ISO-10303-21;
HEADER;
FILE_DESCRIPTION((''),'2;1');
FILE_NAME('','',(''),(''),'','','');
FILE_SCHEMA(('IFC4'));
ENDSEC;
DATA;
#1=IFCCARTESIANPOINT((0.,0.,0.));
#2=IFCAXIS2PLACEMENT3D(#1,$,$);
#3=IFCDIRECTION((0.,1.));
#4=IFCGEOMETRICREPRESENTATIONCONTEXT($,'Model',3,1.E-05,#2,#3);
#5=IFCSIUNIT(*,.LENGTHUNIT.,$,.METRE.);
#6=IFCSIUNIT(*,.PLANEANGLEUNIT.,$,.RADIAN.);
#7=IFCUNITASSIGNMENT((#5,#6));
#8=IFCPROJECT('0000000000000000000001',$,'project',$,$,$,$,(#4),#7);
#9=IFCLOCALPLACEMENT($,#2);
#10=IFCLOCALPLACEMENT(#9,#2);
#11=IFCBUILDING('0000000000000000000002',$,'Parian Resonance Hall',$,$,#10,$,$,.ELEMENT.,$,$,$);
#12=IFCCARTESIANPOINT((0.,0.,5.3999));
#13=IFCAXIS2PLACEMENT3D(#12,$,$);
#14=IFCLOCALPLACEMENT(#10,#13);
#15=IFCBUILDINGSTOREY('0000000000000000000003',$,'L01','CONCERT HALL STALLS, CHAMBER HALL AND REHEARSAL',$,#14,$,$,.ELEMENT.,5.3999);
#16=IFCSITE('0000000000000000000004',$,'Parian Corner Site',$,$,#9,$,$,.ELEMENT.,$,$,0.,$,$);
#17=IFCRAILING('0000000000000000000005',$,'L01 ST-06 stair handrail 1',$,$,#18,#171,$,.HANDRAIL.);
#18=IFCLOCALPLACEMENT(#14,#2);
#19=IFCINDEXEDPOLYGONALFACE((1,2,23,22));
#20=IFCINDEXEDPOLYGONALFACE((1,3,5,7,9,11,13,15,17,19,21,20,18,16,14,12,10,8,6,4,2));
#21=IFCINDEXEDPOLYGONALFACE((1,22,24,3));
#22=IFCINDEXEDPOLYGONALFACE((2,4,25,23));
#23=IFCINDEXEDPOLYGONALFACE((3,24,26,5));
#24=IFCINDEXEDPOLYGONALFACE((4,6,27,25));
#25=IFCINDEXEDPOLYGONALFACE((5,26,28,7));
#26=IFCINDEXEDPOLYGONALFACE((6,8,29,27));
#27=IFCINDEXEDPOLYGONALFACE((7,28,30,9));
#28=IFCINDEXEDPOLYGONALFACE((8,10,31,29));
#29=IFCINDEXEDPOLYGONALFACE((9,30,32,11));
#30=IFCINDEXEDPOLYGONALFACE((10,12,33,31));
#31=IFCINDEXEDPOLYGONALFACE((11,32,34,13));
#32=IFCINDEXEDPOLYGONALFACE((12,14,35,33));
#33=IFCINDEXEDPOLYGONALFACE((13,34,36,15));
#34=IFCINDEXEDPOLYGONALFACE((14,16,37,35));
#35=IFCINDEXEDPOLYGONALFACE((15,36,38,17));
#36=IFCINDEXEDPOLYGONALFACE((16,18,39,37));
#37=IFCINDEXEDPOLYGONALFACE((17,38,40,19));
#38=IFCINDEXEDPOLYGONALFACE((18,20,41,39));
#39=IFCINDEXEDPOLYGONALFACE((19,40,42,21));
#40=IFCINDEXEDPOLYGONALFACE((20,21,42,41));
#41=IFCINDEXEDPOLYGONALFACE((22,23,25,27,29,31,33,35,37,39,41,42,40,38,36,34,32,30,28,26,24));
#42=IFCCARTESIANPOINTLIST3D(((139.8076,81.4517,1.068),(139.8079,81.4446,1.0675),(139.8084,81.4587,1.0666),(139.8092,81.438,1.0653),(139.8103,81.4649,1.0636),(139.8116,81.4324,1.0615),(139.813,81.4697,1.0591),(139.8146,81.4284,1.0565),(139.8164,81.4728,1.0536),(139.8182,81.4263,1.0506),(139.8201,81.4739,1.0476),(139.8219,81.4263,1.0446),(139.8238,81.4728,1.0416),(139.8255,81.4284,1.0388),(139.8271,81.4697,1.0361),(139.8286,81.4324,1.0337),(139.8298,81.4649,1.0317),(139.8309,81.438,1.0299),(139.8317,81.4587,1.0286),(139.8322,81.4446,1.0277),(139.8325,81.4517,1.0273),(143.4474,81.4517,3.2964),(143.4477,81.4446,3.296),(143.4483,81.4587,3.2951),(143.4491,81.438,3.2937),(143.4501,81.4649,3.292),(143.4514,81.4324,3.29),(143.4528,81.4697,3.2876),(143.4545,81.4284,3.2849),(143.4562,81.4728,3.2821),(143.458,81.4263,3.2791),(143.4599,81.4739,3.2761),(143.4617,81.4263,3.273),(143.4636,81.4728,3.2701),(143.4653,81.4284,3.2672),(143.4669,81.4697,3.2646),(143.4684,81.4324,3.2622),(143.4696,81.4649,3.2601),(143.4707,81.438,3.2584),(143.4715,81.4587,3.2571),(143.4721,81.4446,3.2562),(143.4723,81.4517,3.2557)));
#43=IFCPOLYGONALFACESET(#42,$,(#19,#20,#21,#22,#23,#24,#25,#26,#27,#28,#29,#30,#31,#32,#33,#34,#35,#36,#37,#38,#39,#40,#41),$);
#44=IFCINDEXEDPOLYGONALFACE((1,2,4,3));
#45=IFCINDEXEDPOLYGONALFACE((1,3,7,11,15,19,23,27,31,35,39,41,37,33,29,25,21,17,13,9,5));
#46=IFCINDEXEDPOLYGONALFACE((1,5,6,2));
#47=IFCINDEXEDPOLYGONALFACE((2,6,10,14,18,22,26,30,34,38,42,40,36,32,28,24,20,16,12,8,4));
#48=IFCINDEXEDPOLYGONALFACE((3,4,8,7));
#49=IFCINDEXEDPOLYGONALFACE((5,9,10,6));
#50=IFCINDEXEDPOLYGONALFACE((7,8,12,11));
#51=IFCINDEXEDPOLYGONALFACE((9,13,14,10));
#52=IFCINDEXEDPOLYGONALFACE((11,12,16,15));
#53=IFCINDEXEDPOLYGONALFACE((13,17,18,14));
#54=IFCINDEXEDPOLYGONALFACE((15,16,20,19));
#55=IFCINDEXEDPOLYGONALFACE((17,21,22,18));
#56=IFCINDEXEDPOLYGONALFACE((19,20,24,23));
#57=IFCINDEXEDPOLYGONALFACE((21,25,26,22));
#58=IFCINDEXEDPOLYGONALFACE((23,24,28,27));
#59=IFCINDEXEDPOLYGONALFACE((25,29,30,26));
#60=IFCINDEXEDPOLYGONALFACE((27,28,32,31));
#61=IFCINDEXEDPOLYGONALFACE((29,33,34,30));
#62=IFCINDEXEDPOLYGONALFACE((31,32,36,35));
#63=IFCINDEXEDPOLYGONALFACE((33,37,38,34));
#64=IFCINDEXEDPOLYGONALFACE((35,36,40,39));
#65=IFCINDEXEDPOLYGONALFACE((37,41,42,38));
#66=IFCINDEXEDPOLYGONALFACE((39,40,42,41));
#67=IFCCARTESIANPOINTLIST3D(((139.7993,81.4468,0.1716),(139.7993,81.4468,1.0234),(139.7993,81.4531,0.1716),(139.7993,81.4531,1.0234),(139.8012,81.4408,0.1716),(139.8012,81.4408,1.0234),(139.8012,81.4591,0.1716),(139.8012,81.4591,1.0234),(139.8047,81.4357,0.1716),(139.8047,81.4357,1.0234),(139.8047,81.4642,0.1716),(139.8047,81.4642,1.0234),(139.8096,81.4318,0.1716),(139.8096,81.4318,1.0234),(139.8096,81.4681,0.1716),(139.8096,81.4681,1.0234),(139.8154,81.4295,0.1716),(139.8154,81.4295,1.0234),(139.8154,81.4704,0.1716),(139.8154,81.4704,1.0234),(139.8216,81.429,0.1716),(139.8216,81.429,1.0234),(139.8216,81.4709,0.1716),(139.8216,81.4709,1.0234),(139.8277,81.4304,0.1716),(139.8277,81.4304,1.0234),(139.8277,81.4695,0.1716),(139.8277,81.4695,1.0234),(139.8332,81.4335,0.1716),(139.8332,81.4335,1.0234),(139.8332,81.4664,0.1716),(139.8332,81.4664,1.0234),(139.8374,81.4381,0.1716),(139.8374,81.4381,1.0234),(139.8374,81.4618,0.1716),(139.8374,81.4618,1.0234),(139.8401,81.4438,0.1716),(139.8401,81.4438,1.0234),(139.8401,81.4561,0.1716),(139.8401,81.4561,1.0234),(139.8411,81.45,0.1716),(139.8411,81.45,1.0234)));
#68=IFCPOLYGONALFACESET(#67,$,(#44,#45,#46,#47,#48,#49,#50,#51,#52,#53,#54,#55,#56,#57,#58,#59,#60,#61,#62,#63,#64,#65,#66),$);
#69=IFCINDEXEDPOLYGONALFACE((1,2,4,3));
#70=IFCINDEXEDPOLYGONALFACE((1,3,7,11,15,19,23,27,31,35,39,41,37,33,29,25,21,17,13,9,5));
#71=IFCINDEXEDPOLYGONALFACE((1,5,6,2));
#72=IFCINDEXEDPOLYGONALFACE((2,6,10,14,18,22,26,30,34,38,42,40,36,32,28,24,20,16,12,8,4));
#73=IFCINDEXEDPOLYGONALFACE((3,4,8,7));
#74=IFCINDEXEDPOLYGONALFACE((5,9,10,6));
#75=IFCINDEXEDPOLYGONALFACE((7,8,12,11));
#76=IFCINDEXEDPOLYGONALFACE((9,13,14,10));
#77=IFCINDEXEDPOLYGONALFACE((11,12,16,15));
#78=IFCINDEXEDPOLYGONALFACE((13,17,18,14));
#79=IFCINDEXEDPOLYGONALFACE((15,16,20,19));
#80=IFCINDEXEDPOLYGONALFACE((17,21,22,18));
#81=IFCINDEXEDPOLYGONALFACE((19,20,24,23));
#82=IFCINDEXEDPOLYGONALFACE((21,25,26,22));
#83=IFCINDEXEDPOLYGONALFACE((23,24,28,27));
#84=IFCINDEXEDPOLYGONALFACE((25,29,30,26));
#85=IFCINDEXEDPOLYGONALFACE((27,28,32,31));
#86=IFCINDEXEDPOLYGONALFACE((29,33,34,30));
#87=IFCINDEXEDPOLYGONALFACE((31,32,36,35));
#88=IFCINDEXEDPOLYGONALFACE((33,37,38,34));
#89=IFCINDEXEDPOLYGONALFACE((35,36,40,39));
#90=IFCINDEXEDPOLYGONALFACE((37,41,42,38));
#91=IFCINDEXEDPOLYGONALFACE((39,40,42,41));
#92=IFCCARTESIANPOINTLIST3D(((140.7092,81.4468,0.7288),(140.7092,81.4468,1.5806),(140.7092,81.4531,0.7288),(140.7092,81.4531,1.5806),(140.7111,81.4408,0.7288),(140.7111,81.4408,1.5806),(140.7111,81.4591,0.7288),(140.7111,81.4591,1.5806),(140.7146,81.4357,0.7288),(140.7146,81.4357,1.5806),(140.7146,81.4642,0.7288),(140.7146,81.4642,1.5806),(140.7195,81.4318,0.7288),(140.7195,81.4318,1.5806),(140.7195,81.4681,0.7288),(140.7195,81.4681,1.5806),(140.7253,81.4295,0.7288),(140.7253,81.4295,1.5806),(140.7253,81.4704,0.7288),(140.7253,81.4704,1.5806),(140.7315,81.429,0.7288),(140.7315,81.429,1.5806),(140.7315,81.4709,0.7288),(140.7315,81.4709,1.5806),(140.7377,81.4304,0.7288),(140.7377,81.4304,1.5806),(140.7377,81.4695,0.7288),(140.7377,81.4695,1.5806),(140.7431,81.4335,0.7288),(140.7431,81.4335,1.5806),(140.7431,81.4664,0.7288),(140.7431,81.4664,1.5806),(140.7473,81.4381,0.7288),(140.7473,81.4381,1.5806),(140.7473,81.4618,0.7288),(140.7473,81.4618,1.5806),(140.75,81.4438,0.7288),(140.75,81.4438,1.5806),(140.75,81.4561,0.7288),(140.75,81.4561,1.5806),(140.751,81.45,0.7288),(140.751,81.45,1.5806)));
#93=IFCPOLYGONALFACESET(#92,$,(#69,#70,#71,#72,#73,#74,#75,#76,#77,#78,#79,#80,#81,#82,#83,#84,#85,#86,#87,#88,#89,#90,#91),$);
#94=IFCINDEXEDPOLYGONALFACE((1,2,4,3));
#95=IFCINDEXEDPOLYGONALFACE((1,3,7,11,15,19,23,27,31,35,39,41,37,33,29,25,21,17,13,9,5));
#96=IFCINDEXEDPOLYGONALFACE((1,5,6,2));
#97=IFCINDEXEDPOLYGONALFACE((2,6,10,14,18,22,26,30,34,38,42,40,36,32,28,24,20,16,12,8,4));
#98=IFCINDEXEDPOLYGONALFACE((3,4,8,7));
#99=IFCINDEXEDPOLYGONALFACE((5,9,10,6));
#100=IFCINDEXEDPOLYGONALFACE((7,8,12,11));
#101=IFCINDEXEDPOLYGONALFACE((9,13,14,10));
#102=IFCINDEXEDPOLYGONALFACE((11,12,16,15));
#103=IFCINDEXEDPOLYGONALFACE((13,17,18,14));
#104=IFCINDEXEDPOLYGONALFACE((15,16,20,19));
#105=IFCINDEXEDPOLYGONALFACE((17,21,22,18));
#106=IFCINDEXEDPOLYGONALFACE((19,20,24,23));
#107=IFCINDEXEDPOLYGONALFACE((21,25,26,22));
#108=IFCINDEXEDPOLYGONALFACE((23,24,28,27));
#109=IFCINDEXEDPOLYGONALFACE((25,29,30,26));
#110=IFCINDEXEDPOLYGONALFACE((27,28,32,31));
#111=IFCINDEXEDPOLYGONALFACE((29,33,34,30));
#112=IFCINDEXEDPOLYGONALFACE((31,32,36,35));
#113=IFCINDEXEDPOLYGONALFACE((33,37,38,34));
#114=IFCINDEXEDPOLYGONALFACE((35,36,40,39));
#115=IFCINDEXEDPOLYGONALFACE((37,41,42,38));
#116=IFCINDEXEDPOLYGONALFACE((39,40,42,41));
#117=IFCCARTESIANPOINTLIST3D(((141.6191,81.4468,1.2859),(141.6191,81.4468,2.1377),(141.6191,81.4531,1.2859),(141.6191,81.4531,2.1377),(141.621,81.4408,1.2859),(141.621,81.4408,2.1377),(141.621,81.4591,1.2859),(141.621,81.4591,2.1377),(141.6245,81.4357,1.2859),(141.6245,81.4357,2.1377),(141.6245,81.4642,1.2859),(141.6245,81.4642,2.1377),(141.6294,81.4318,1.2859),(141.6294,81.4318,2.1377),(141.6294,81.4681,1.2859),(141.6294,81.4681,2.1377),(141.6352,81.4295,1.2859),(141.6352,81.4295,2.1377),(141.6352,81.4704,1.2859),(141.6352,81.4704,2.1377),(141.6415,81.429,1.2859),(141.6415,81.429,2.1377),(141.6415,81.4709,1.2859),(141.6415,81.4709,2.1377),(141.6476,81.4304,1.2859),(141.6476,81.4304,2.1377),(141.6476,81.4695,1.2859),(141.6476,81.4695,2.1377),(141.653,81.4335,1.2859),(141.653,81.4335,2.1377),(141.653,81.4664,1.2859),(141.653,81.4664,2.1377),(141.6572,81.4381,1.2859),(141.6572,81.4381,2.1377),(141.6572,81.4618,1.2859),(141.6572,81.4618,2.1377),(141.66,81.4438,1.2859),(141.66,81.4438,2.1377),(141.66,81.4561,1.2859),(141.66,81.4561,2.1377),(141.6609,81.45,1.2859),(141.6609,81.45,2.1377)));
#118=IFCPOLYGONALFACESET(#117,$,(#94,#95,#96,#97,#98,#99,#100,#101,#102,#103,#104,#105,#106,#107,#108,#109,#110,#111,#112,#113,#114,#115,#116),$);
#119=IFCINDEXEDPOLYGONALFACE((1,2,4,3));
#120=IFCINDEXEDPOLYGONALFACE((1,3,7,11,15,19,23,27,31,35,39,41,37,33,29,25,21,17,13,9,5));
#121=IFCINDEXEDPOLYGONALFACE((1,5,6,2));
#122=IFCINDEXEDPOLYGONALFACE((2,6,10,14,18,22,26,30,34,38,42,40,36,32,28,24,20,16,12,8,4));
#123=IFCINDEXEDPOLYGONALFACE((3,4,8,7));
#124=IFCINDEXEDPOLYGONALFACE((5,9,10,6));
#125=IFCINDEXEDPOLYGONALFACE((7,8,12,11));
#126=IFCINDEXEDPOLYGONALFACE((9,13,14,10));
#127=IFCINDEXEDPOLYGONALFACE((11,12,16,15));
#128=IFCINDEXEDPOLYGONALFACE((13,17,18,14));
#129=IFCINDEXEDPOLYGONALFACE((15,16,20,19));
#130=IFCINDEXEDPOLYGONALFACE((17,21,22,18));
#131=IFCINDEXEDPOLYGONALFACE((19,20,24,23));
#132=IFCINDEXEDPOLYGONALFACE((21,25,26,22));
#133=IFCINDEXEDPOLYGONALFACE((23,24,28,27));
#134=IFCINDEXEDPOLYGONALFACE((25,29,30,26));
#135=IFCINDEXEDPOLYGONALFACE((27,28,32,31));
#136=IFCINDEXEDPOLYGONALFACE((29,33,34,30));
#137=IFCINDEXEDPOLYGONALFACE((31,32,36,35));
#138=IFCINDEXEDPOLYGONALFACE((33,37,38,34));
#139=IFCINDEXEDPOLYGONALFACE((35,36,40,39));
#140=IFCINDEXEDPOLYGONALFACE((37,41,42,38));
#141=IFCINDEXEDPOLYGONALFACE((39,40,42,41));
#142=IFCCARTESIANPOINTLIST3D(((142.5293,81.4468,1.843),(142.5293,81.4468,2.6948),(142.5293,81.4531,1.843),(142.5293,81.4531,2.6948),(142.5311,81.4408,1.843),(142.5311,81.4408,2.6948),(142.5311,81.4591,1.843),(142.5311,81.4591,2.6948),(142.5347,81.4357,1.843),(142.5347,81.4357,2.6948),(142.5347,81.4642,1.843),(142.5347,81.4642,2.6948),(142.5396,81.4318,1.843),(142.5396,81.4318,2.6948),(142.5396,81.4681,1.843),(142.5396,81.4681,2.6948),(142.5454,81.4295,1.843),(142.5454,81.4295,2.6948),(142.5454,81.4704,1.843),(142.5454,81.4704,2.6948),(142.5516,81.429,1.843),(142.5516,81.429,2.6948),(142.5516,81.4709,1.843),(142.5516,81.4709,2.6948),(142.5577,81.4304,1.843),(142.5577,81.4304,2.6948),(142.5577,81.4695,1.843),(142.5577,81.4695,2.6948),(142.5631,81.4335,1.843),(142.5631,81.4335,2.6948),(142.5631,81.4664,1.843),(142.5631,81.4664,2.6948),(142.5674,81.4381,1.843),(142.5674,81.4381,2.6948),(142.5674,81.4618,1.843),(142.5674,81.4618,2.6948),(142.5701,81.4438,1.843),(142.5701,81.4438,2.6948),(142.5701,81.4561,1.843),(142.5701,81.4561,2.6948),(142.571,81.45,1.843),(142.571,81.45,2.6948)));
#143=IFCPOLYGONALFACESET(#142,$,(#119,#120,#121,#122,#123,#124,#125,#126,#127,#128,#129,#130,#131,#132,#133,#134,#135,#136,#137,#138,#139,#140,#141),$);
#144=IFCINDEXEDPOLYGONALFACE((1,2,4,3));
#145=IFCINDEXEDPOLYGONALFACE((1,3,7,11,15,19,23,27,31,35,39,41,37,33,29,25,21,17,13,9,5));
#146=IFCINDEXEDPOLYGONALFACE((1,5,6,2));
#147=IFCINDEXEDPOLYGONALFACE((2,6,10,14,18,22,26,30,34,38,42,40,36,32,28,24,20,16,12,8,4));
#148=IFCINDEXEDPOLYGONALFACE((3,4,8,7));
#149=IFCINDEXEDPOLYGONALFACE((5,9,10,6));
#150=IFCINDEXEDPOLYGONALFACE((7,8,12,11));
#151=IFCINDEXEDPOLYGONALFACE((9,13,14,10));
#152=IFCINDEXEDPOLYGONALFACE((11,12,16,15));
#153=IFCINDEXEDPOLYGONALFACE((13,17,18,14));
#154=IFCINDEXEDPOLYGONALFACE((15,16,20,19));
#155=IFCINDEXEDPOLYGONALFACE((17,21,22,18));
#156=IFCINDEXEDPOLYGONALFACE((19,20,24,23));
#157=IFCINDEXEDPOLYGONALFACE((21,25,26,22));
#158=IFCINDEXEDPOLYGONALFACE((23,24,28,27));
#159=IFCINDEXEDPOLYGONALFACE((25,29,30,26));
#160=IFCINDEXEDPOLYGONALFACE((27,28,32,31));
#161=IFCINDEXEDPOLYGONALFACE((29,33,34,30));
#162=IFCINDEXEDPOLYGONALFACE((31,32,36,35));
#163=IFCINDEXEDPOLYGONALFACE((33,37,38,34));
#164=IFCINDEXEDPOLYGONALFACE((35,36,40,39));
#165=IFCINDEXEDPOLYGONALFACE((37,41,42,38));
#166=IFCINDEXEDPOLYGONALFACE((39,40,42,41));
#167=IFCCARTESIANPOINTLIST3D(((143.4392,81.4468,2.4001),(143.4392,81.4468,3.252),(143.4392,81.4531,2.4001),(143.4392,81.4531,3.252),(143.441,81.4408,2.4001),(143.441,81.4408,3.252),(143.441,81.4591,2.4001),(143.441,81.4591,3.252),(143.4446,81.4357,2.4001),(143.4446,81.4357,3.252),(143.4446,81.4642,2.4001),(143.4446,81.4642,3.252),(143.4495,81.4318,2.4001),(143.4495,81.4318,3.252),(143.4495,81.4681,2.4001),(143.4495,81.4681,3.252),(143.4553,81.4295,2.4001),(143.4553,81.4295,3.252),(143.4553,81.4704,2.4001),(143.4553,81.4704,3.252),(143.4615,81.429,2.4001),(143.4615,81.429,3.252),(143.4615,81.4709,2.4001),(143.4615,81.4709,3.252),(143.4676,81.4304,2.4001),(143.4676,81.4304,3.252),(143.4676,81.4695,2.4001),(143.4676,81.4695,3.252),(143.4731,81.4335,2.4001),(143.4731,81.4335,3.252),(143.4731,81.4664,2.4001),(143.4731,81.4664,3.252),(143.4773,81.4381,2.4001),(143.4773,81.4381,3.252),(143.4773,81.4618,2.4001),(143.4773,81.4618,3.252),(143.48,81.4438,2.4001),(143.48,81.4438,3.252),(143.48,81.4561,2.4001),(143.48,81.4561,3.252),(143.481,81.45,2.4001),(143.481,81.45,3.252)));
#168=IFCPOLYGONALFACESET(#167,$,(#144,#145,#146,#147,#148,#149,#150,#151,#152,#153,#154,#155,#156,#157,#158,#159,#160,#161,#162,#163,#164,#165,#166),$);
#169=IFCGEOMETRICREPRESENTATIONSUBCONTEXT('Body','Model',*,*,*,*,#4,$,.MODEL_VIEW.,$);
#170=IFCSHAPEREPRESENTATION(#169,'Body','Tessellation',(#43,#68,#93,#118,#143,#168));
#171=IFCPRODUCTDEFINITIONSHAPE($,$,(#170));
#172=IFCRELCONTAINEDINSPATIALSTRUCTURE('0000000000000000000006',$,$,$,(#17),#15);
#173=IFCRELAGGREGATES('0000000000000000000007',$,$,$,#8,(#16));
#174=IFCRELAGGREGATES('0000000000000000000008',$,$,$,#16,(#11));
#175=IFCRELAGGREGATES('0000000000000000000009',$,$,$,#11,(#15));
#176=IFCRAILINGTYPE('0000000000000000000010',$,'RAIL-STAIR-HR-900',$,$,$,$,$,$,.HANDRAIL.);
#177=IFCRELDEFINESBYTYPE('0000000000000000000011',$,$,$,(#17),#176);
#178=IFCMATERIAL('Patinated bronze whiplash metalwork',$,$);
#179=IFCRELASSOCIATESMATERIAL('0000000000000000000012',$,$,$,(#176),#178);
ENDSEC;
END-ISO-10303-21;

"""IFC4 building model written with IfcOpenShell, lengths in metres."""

from ifc_helpers import new_model, si_unit, direction, frame, origin, origin_2d, place, context, subcontext, project, spatial, circle, extrude, material, type_object, element, save


model = new_model("IFC4")

# Units and contexts
model_context = context("Model", 3, precision=1e-05, world=origin(), true_north=direction((0.0, 1.0)))
body_context = subcontext(model_context, "Body", "Model", "MODEL_VIEW")
ifc_project = project(units=[si_unit("LENGTHUNIT", "METRE"), si_unit("PLANEANGLEUNIT", "RADIAN")], contexts=[model_context])

# Site, building, storey
site_placement = place(None, origin())
site = spatial("IfcSite", under=ifc_project, at=site_placement, Name="Parian Corner Site", CompositionType="ELEMENT", RefElevation=0.0)
building_placement = place(site_placement, origin())
building = spatial("IfcBuilding", under=site, at=building_placement, Name="Parian Resonance Hall", CompositionType="ELEMENT")
storey_placement = place(building_placement, frame((0.0, 0.0, 5.3999)))
storey = spatial("IfcBuildingStorey", under=building, at=storey_placement, Name="L01", Description="CONCERT HALL STALLS, CHAMBER HALL AND REHEARSAL", CompositionType="ELEMENT", Elevation=5.3999)

# Railing
ifc_material_1 = material(Name="Patinated bronze whiplash metalwork")
railing_type_1 = type_object("IfcRailingType", Name="RAIL-STAIR-HR-900", PredefinedType="HANDRAIL", material=ifc_material_1)
railing_1_placement = place(storey_placement, frame((139.8201, 81.45, 0.1716)))
element("IfcRailing", 1, at=railing_1_placement, inside=storey, type_object=railing_type_1, Name="L01 ST-06 stair handrail 1", PredefinedType="HANDRAIL", context=body_context, shape_type="SweptSolid", body=[
    extrude(circle(Radius=0.0239, at=origin_2d()), frame((0.0, 0.0, 0.876), z_axis=(0.85285, 0.0, 0.522156), x_axis=(0.0, 1.0, 0.0)), (0.0, 0.0, 1.0), 4.2678),
    extrude(circle(Radius=0.021, at=origin_2d()), origin(), (0.0, 0.0, 1.0), 0.8518),
    extrude(circle(Radius=0.021, at=origin_2d()), frame((0.9099, 0.0, 0.5571)), (0.0, 0.0, 1.0), 0.8518),
    extrude(circle(Radius=0.021, at=origin_2d()), frame((1.8198, 0.0, 1.1143)), (0.0, 0.0, 1.0), 0.8518),
    extrude(circle(Radius=0.021, at=origin_2d()), frame((2.73, 0.0, 1.6714)), (0.0, 0.0, 1.0), 0.8518),
    extrude(circle(Radius=0.021, at=origin_2d()), frame((3.6399, 0.0, 2.2285)), (0.0, 0.0, 1.0), 0.8518),
])

save(model, "model.ifc")
